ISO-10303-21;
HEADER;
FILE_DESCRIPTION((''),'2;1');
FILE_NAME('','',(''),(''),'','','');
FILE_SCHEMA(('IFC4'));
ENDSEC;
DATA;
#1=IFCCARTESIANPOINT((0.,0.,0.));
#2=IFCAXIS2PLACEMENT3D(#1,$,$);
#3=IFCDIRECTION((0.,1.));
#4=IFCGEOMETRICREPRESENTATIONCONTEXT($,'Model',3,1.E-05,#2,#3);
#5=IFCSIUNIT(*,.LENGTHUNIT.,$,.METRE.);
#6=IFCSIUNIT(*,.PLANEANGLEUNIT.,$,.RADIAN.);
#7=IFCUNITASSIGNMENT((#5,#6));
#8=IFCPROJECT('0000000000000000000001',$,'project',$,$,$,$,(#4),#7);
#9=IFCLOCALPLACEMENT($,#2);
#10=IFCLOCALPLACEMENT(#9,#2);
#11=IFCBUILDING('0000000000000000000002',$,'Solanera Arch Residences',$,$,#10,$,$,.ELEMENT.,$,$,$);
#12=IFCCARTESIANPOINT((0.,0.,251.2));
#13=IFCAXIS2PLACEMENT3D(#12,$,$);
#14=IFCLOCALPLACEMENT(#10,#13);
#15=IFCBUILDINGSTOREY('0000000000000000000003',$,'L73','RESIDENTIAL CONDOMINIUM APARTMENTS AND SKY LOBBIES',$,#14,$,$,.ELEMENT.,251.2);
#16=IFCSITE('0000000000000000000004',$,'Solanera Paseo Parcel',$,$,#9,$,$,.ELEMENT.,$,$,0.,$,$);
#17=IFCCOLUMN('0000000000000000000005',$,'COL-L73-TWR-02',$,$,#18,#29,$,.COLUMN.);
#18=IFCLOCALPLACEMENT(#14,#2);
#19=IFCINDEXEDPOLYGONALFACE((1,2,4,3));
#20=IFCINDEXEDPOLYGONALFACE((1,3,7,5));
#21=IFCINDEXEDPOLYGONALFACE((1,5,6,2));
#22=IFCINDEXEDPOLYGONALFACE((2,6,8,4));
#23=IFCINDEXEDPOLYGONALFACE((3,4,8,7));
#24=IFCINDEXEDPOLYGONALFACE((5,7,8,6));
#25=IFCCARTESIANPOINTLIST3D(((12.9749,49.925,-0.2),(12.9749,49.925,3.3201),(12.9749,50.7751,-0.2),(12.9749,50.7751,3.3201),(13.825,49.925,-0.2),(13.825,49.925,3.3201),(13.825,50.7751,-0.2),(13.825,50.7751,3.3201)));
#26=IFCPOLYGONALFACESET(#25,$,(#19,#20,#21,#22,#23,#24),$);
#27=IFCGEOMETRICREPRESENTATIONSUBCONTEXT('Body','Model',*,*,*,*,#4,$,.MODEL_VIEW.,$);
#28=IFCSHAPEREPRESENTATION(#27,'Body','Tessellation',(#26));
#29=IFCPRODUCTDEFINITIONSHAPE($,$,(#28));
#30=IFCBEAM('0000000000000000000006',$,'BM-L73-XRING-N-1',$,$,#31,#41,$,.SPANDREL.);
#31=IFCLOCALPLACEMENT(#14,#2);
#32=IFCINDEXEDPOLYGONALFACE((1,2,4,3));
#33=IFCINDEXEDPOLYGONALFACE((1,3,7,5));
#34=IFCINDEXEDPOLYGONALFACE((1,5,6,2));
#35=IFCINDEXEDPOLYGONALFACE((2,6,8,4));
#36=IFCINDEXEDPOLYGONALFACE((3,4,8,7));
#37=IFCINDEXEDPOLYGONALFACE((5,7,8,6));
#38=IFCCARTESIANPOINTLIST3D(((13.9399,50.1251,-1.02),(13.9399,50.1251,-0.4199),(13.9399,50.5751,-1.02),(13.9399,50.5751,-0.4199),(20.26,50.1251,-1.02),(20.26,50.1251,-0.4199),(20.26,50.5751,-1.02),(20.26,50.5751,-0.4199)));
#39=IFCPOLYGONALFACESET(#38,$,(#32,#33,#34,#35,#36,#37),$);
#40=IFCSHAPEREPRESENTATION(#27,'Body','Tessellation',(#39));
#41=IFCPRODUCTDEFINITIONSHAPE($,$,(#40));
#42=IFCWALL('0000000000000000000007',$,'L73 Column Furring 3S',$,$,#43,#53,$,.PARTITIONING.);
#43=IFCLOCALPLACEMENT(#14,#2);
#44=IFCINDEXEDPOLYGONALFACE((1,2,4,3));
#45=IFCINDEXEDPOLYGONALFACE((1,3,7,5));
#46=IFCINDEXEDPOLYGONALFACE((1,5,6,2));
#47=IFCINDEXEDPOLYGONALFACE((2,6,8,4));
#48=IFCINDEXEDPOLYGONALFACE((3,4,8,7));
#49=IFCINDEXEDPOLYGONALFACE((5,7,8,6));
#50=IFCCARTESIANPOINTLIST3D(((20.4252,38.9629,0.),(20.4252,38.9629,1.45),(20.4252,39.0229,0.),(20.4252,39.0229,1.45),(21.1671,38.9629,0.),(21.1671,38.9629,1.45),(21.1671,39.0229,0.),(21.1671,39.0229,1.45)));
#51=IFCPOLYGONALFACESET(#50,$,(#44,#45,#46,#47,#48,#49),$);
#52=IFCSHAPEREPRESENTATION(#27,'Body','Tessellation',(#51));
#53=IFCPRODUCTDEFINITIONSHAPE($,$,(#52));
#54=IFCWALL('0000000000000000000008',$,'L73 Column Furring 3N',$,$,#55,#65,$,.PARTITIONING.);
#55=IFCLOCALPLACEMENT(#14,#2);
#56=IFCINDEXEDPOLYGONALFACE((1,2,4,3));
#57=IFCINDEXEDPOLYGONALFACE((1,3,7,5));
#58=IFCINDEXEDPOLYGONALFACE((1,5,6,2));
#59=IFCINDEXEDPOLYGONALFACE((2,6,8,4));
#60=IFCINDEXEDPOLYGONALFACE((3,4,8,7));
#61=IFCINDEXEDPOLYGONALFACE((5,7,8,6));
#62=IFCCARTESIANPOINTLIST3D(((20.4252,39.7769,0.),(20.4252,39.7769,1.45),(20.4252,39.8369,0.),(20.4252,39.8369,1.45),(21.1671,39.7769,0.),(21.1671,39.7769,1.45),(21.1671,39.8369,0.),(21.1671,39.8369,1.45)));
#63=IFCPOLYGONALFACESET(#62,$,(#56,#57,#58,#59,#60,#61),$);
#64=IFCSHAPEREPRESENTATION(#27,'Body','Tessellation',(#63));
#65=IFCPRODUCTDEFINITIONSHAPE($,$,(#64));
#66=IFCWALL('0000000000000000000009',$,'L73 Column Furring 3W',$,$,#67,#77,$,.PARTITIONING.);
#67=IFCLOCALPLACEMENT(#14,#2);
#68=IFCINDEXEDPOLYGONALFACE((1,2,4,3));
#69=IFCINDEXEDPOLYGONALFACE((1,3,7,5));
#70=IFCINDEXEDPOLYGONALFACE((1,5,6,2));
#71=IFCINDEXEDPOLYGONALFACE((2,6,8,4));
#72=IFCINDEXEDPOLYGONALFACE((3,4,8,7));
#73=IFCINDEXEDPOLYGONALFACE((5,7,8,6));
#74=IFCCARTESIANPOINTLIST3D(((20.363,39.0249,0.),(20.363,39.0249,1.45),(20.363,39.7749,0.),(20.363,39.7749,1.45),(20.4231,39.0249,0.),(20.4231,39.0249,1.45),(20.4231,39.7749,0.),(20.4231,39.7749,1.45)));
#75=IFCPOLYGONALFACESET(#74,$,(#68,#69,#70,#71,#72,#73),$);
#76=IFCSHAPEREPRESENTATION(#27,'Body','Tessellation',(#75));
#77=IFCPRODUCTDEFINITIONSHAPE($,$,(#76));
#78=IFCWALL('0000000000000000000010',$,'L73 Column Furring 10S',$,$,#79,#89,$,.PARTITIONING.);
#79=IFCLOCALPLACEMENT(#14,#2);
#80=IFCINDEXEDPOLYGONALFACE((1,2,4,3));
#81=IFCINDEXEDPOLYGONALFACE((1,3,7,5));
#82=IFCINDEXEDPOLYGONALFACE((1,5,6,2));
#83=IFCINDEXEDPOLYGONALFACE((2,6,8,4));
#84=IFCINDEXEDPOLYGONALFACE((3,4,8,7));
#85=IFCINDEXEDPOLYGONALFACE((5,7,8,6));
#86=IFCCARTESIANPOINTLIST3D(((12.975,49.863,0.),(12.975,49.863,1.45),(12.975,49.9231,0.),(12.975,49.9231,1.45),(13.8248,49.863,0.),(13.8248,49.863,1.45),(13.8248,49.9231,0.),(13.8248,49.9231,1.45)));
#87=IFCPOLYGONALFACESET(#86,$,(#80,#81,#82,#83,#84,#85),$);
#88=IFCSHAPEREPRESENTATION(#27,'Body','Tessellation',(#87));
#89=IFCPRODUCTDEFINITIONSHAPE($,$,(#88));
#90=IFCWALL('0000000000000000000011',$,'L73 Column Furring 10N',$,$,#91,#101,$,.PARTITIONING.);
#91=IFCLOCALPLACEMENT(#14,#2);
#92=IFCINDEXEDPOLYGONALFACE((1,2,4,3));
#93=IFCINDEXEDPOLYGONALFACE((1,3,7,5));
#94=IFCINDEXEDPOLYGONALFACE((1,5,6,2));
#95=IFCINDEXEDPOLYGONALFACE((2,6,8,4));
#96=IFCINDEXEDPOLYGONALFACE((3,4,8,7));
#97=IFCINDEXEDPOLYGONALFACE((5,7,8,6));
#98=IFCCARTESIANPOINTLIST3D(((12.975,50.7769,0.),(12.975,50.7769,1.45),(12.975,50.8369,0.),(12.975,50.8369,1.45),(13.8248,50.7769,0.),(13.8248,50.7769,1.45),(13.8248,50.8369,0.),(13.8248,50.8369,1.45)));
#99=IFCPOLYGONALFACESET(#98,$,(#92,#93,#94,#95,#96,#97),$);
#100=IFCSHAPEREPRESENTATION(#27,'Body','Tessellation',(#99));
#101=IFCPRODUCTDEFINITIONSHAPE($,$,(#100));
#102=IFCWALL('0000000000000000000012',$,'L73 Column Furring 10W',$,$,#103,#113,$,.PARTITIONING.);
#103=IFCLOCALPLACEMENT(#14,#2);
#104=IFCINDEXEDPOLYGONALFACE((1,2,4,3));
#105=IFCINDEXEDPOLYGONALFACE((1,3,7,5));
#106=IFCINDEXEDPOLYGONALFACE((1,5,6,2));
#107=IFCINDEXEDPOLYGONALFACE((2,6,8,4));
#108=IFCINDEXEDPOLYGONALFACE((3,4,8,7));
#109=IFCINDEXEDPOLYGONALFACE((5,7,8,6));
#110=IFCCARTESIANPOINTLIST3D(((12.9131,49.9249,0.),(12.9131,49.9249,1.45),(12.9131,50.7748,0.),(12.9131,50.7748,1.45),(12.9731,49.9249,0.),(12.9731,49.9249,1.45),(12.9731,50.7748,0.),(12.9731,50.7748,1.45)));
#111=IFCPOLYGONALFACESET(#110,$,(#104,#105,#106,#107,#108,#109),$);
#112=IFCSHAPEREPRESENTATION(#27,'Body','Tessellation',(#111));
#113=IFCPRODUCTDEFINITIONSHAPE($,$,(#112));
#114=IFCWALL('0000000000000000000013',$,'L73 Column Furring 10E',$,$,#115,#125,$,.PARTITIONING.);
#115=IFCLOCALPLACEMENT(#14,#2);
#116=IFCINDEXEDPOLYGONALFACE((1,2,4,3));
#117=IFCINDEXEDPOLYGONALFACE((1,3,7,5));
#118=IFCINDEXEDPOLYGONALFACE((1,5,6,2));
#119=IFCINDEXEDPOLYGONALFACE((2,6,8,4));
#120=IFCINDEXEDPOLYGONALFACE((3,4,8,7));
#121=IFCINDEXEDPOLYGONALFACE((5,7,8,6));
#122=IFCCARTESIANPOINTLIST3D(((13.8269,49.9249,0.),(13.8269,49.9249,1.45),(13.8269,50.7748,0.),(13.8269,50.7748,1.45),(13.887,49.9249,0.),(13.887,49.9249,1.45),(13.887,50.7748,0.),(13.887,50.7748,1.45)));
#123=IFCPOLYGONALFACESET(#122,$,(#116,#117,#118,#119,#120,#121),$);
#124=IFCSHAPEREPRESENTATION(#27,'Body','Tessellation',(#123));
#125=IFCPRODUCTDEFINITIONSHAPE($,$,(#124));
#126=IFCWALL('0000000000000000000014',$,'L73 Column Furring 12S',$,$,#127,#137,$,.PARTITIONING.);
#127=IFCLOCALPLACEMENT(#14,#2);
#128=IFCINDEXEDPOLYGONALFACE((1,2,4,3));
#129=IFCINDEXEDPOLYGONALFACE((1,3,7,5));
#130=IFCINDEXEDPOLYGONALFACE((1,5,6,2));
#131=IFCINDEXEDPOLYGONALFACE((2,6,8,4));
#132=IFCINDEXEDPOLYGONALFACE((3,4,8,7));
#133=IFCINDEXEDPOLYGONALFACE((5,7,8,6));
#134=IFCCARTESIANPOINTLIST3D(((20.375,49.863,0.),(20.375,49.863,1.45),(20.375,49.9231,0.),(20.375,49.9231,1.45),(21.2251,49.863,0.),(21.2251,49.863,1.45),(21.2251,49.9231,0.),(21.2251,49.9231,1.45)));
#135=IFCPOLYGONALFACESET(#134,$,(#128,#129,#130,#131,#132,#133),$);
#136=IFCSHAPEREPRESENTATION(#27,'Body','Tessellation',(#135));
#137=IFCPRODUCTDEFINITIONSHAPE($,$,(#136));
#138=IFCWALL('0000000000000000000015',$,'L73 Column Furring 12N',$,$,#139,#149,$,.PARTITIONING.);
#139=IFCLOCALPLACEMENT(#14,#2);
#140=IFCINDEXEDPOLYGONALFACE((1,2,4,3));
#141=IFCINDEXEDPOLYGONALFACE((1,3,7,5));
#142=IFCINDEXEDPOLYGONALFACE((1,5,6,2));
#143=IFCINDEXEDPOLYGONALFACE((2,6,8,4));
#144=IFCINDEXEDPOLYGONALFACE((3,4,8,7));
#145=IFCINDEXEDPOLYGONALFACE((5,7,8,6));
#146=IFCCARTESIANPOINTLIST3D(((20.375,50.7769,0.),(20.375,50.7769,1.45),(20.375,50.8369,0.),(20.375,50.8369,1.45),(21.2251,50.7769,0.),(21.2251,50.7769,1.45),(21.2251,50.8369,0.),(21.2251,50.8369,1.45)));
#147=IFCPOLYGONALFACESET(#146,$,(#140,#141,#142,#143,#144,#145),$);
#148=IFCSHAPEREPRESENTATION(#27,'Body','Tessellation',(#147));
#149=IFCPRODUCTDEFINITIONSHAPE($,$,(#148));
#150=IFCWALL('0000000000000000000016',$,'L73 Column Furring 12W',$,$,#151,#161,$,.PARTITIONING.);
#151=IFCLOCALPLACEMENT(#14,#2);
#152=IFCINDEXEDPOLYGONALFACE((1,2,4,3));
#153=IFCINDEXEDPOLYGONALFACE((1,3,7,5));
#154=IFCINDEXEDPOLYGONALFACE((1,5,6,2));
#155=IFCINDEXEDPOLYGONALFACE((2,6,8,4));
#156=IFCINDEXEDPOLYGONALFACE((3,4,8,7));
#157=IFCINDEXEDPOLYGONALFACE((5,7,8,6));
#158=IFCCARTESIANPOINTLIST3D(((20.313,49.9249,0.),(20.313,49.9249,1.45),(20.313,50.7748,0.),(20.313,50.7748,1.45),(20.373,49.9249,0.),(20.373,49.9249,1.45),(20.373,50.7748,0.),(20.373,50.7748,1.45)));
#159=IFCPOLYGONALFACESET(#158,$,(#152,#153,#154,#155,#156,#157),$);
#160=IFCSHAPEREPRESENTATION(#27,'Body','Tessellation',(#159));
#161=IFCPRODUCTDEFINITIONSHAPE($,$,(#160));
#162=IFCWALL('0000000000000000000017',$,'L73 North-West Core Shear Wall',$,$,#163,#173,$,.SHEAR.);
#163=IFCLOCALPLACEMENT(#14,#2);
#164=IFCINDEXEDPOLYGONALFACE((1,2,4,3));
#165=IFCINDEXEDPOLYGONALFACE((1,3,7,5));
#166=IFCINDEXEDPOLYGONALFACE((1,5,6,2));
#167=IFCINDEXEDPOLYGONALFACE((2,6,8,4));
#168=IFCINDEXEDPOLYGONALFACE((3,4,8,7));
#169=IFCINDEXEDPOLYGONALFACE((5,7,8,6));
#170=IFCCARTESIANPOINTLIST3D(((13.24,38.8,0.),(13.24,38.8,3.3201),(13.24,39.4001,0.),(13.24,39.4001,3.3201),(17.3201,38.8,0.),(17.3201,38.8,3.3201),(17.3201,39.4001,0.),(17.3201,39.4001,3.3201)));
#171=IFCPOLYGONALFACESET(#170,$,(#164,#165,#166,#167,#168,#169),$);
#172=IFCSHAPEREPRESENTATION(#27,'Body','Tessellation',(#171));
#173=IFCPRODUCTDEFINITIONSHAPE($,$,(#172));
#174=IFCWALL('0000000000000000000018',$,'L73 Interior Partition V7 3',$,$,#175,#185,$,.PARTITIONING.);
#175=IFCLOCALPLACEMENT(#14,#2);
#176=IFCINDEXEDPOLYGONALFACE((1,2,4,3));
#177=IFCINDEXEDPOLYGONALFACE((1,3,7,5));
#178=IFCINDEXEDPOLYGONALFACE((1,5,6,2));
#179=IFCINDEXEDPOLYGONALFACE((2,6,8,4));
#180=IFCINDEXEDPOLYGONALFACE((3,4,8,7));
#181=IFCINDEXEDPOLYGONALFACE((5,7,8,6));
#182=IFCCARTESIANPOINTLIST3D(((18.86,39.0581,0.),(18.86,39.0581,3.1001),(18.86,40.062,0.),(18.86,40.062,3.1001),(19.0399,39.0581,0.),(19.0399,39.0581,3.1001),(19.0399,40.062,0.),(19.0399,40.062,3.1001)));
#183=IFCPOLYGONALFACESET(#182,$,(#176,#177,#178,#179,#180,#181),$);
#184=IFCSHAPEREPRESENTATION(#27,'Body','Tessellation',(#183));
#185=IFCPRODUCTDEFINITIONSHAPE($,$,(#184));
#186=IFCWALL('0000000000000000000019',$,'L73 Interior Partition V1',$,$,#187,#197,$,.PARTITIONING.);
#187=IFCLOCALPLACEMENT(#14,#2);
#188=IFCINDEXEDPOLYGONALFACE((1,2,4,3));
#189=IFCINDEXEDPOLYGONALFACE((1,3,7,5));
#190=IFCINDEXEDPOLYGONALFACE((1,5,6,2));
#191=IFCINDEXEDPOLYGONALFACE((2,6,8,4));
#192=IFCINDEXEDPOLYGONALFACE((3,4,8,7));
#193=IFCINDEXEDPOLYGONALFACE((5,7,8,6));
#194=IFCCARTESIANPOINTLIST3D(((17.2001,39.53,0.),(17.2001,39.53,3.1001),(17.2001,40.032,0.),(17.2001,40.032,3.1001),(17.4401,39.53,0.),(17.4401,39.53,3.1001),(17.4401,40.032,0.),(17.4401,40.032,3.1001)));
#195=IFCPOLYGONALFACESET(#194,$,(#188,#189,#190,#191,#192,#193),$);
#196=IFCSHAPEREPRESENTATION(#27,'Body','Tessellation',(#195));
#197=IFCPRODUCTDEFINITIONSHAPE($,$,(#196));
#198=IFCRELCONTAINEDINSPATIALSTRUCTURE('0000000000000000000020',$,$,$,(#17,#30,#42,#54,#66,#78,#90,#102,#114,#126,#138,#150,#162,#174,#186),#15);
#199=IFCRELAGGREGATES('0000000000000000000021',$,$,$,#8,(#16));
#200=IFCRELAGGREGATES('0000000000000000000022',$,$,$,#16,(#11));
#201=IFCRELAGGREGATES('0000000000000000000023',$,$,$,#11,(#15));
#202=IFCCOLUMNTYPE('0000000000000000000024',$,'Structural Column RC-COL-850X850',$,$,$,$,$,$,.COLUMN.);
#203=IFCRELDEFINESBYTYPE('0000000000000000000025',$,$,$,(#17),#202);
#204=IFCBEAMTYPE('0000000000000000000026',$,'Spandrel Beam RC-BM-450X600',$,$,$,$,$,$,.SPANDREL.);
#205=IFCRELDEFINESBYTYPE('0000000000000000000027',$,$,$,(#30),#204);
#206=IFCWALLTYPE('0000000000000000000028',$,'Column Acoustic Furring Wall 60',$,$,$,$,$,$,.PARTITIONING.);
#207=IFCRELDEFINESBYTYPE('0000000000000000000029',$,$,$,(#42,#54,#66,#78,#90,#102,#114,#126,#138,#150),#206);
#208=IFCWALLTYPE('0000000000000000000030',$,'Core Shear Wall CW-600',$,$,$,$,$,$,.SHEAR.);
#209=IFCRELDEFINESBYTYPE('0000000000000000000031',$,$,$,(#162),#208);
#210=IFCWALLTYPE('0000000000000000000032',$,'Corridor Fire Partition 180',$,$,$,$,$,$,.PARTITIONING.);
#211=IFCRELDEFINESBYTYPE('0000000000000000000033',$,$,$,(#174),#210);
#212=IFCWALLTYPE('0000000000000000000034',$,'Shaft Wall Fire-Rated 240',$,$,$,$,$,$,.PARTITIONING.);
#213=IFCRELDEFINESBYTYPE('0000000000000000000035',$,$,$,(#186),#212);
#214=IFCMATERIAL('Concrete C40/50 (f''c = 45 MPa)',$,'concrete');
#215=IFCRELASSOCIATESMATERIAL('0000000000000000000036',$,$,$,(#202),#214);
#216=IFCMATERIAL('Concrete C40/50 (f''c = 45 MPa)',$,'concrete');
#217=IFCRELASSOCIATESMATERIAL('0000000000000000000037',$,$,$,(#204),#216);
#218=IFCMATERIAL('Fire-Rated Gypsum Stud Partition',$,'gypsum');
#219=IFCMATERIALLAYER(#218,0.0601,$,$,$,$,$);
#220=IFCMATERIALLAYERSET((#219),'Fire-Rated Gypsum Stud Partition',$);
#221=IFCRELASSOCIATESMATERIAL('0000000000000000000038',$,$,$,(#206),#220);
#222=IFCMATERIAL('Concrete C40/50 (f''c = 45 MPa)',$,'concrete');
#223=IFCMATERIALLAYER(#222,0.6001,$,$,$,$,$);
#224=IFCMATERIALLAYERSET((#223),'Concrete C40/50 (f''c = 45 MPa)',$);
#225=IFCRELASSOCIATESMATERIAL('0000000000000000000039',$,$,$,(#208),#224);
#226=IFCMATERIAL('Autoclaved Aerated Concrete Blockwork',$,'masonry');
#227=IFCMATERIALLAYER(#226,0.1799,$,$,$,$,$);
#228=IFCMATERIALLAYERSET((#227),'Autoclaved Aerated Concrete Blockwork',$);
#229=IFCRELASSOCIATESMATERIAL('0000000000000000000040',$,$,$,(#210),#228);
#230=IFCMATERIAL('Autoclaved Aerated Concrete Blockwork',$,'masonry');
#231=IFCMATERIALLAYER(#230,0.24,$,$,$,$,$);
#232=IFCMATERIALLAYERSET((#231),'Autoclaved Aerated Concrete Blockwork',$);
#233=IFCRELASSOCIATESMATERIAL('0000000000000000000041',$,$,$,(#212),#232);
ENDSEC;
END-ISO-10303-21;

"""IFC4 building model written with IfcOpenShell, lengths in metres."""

from ifc_helpers import new_model, si_unit, direction, frame, frame_2d, origin, origin_2d, place, context, subcontext, project, spatial, rectangle, extrude, material, layer, layer_set, material_profile, profile_set, type_object, element, save


model = new_model("IFC4")

# Units and contexts
model_context = context("Model", 3, precision=1e-05, world=origin(), true_north=direction((0.0, 1.0)))
body_context = subcontext(model_context, "Body", "Model", "MODEL_VIEW")
ifc_project = project(units=[si_unit("LENGTHUNIT", "METRE"), si_unit("PLANEANGLEUNIT", "RADIAN")], contexts=[model_context])

# Site, building, storey
site_placement = place(None, origin())
site = spatial("IfcSite", under=ifc_project, at=site_placement, Name="Solanera Paseo Parcel", CompositionType="ELEMENT", RefElevation=0.0)
building_placement = place(site_placement, origin())
building = spatial("IfcBuilding", under=site, at=building_placement, Name="Solanera Arch Residences", CompositionType="ELEMENT")
storey_placement = place(building_placement, frame((0.0, 0.0, 251.2)))
storey = spatial("IfcBuildingStorey", under=building, at=storey_placement, Name="L73", Description="RESIDENTIAL CONDOMINIUM APARTMENTS AND SKY LOBBIES", CompositionType="ELEMENT", Elevation=251.2)

# Column
ifc_material_1 = material(Name="Concrete C40/50 (f'c = 45 MPa)", Category="concrete")
ifc_material_profile_1 = material_profile(ifc_material_1, rectangle(XDim=0.8501, YDim=0.8501, at=origin_2d()))
ifc_profile_set_1 = profile_set([ifc_material_profile_1], Name="Concrete C40/50 (f'c = 45 MPa)")
column_type = type_object("IfcColumnType", Name="Structural Column RC-COL-850X850", PredefinedType="COLUMN", material=ifc_profile_set_1)
column_placement = place(storey_placement, frame((13.3999, 50.3501, -0.2), z_axis=(0.0, 0.0, 1.0), x_axis=(1.0, 0.0, 0.0)))
element("IfcColumn", 1, at=column_placement, inside=storey, type_object=column_type, Name="COL-L73-TWR-02", PredefinedType="COLUMN", context=body_context, shape_type="SweptSolid", body=[
    extrude(rectangle(XDim=0.8501, YDim=0.8501, at=origin_2d()), origin(), (0.0, 0.0, 1.0), 3.52),
])

# Beam
ifc_material_2 = material(Name="Concrete C40/50 (f'c = 45 MPa)", Category="concrete")
ifc_material_profile_2 = material_profile(ifc_material_2, rectangle(XDim=0.45, YDim=0.6001, at=origin_2d()))
ifc_profile_set_2 = profile_set([ifc_material_profile_2], Name="Concrete C40/50 (f'c = 45 MPa)")
beam_type = type_object("IfcBeamType", Name="Spandrel Beam RC-BM-450X600", PredefinedType="SPANDREL", material=ifc_profile_set_2)
beam_placement = place(storey_placement, frame((13.9399, 50.3501, -0.72), z_axis=(1.0, 0.0, 0.0), x_axis=(0.0, 1.0, 0.0)))
element("IfcBeam", 2, at=beam_placement, inside=storey, type_object=beam_type, Name="BM-L73-XRING-N-1", PredefinedType="SPANDREL", context=body_context, shape_type="SweptSolid", body=[
    extrude(rectangle(XDim=0.45, YDim=0.6001, at=origin_2d()), origin(), (0.0, 0.0, 1.0), 6.3201),
])

# Walls
ifc_material_3 = material(Name="Fire-Rated Gypsum Stud Partition", Category="gypsum")
ifc_layer_1 = layer(ifc_material_3, 0.0601)
ifc_layer_set_1 = layer_set([ifc_layer_1], Name="Fire-Rated Gypsum Stud Partition")
wall_type_1 = type_object("IfcWallType", Name="Column Acoustic Furring Wall 60", PredefinedType="PARTITIONING", material=ifc_layer_set_1)
for number, where, z_axis, x_axis, name in (
    (3, (20.425, 38.9929, 0.0), (0.0, 0.0, 1.0), (1.0, 0.0, 0.0), "L73 Column Furring 3S"),
    (4, (20.425, 39.8069, 0.0), (0.0, 0.0, 1.0), (1.0, 0.0, 0.0), "L73 Column Furring 3N"),
):
    element("IfcWall", number, at=place(storey_placement, frame(where, z_axis=z_axis, x_axis=x_axis)), inside=storey, type_object=wall_type_1, Name=name, PredefinedType="PARTITIONING", context=body_context, shape_type="SweptSolid", body=[
        extrude(rectangle(XDim=0.7419, YDim=0.0601, at=frame_2d((0.3711, 0.0))), origin(), (0.0, 0.0, 1.0), 1.45),
    ])
wall_1_placement = place(storey_placement, frame((20.3931, 39.0249, 0.0), z_axis=(0.0, 0.0, 1.0), x_axis=(0.0, 1.0, 0.0)))
element("IfcWall", 5, at=wall_1_placement, inside=storey, type_object=wall_type_1, Name="L73 Column Furring 3W", PredefinedType="PARTITIONING", context=body_context, shape_type="SweptSolid", body=[
    extrude(rectangle(XDim=0.75, YDim=0.0601, at=frame_2d((0.375, 0.0))), origin(), (0.0, 0.0, 1.0), 1.45),
])
for number, where, z_axis, x_axis, name in (
    (6, (12.9751, 49.8931, 0.0), (0.0, 0.0, 1.0), (1.0, 0.0, 0.0), "L73 Column Furring 10S"),
    (7, (12.9751, 50.8069, 0.0), (0.0, 0.0, 1.0), (1.0, 0.0, 0.0), "L73 Column Furring 10N"),
    (8, (12.9431, 49.925, 0.0), (0.0, 0.0, 1.0), (0.0, 1.0, 0.0), "L73 Column Furring 10W"),
    (9, (13.8569, 49.925, 0.0), (0.0, 0.0, 1.0), (0.0, 1.0, 0.0), "L73 Column Furring 10E"),
):
    element("IfcWall", number, at=place(storey_placement, frame(where, z_axis=z_axis, x_axis=x_axis)), inside=storey, type_object=wall_type_1, Name=name, PredefinedType="PARTITIONING", context=body_context, shape_type="SweptSolid", body=[
        extrude(rectangle(XDim=0.8499, YDim=0.0601, at=frame_2d((0.4248, 0.0))), origin(), (0.0, 0.0, 1.0), 1.45),
    ])
for number, where, z_axis, x_axis, name in (
    (10, (20.375, 49.8931, 0.0), (0.0, 0.0, 1.0), (1.0, 0.0, 0.0), "L73 Column Furring 12S"),
    (11, (20.375, 50.8069, 0.0), (0.0, 0.0, 1.0), (1.0, 0.0, 0.0), "L73 Column Furring 12N"),
):
    element("IfcWall", number, at=place(storey_placement, frame(where, z_axis=z_axis, x_axis=x_axis)), inside=storey, type_object=wall_type_1, Name=name, PredefinedType="PARTITIONING", context=body_context, shape_type="SweptSolid", body=[
        extrude(rectangle(XDim=0.8501, YDim=0.0601, at=frame_2d((0.425, 0.0))), origin(), (0.0, 0.0, 1.0), 1.45),
    ])
wall_2_placement = place(storey_placement, frame((20.343, 49.925, 0.0), z_axis=(0.0, 0.0, 1.0), x_axis=(0.0, 1.0, 0.0)))
element("IfcWall", 12, at=wall_2_placement, inside=storey, type_object=wall_type_1, Name="L73 Column Furring 12W", PredefinedType="PARTITIONING", context=body_context, shape_type="SweptSolid", body=[
    extrude(rectangle(XDim=0.8499, YDim=0.0601, at=frame_2d((0.4248, 0.0))), origin(), (0.0, 0.0, 1.0), 1.45),
])
ifc_material_4 = material(Name="Concrete C40/50 (f'c = 45 MPa)", Category="concrete")
ifc_layer_2 = layer(ifc_material_4, 0.6001)
ifc_layer_set_2 = layer_set([ifc_layer_2], Name="Concrete C40/50 (f'c = 45 MPa)")
wall_type_2 = type_object("IfcWallType", Name="Core Shear Wall CW-600", PredefinedType="SHEAR", material=ifc_layer_set_2)
wall_3_placement = place(storey_placement, frame((13.24, 39.1001, 0.0), z_axis=(0.0, 0.0, 1.0), x_axis=(1.0, 0.0, 0.0)))
element("IfcWall", 13, at=wall_3_placement, inside=storey, type_object=wall_type_2, Name="L73 North-West Core Shear Wall", PredefinedType="SHEAR", context=body_context, shape_type="SweptSolid", body=[
    extrude(rectangle(XDim=4.0801, YDim=0.6001, at=frame_2d((2.04, 0.0))), origin(), (0.0, 0.0, 1.0), 3.3201),
])
ifc_material_5 = material(Name="Autoclaved Aerated Concrete Blockwork", Category="masonry")
ifc_layer_3 = layer(ifc_material_5, 0.1799)
ifc_layer_set_3 = layer_set([ifc_layer_3], Name="Autoclaved Aerated Concrete Blockwork")
wall_type_3 = type_object("IfcWallType", Name="Corridor Fire Partition 180", PredefinedType="PARTITIONING", material=ifc_layer_set_3)
wall_4_placement = place(storey_placement, frame((18.95, 39.0581, 0.0), z_axis=(0.0, 0.0, 1.0), x_axis=(0.0, 1.0, 0.0)))
element("IfcWall", 14, at=wall_4_placement, inside=storey, type_object=wall_type_3, Name="L73 Interior Partition V7 3", PredefinedType="PARTITIONING", context=body_context, shape_type="SweptSolid", body=[
    extrude(rectangle(XDim=1.0039, YDim=0.1799, at=frame_2d((0.502, 0.0))), origin(), (0.0, 0.0, 1.0), 3.1001),
])
ifc_material_6 = material(Name="Autoclaved Aerated Concrete Blockwork", Category="masonry")
ifc_layer_4 = layer(ifc_material_6, 0.24)
ifc_layer_set_4 = layer_set([ifc_layer_4], Name="Autoclaved Aerated Concrete Blockwork")
wall_type_4 = type_object("IfcWallType", Name="Shaft Wall Fire-Rated 240", PredefinedType="PARTITIONING", material=ifc_layer_set_4)
wall_5_placement = place(storey_placement, frame((17.3201, 39.53, 0.0), z_axis=(0.0, 0.0, 1.0), x_axis=(0.0, 1.0, 0.0)))
element("IfcWall", 15, at=wall_5_placement, inside=storey, type_object=wall_type_4, Name="L73 Interior Partition V1", PredefinedType="PARTITIONING", context=body_context, shape_type="SweptSolid", body=[
    extrude(rectangle(XDim=0.502, YDim=0.24, at=frame_2d((0.251, 0.0))), origin(), (0.0, 0.0, 1.0), 3.1001),
])

save(model, "model.ifc")
